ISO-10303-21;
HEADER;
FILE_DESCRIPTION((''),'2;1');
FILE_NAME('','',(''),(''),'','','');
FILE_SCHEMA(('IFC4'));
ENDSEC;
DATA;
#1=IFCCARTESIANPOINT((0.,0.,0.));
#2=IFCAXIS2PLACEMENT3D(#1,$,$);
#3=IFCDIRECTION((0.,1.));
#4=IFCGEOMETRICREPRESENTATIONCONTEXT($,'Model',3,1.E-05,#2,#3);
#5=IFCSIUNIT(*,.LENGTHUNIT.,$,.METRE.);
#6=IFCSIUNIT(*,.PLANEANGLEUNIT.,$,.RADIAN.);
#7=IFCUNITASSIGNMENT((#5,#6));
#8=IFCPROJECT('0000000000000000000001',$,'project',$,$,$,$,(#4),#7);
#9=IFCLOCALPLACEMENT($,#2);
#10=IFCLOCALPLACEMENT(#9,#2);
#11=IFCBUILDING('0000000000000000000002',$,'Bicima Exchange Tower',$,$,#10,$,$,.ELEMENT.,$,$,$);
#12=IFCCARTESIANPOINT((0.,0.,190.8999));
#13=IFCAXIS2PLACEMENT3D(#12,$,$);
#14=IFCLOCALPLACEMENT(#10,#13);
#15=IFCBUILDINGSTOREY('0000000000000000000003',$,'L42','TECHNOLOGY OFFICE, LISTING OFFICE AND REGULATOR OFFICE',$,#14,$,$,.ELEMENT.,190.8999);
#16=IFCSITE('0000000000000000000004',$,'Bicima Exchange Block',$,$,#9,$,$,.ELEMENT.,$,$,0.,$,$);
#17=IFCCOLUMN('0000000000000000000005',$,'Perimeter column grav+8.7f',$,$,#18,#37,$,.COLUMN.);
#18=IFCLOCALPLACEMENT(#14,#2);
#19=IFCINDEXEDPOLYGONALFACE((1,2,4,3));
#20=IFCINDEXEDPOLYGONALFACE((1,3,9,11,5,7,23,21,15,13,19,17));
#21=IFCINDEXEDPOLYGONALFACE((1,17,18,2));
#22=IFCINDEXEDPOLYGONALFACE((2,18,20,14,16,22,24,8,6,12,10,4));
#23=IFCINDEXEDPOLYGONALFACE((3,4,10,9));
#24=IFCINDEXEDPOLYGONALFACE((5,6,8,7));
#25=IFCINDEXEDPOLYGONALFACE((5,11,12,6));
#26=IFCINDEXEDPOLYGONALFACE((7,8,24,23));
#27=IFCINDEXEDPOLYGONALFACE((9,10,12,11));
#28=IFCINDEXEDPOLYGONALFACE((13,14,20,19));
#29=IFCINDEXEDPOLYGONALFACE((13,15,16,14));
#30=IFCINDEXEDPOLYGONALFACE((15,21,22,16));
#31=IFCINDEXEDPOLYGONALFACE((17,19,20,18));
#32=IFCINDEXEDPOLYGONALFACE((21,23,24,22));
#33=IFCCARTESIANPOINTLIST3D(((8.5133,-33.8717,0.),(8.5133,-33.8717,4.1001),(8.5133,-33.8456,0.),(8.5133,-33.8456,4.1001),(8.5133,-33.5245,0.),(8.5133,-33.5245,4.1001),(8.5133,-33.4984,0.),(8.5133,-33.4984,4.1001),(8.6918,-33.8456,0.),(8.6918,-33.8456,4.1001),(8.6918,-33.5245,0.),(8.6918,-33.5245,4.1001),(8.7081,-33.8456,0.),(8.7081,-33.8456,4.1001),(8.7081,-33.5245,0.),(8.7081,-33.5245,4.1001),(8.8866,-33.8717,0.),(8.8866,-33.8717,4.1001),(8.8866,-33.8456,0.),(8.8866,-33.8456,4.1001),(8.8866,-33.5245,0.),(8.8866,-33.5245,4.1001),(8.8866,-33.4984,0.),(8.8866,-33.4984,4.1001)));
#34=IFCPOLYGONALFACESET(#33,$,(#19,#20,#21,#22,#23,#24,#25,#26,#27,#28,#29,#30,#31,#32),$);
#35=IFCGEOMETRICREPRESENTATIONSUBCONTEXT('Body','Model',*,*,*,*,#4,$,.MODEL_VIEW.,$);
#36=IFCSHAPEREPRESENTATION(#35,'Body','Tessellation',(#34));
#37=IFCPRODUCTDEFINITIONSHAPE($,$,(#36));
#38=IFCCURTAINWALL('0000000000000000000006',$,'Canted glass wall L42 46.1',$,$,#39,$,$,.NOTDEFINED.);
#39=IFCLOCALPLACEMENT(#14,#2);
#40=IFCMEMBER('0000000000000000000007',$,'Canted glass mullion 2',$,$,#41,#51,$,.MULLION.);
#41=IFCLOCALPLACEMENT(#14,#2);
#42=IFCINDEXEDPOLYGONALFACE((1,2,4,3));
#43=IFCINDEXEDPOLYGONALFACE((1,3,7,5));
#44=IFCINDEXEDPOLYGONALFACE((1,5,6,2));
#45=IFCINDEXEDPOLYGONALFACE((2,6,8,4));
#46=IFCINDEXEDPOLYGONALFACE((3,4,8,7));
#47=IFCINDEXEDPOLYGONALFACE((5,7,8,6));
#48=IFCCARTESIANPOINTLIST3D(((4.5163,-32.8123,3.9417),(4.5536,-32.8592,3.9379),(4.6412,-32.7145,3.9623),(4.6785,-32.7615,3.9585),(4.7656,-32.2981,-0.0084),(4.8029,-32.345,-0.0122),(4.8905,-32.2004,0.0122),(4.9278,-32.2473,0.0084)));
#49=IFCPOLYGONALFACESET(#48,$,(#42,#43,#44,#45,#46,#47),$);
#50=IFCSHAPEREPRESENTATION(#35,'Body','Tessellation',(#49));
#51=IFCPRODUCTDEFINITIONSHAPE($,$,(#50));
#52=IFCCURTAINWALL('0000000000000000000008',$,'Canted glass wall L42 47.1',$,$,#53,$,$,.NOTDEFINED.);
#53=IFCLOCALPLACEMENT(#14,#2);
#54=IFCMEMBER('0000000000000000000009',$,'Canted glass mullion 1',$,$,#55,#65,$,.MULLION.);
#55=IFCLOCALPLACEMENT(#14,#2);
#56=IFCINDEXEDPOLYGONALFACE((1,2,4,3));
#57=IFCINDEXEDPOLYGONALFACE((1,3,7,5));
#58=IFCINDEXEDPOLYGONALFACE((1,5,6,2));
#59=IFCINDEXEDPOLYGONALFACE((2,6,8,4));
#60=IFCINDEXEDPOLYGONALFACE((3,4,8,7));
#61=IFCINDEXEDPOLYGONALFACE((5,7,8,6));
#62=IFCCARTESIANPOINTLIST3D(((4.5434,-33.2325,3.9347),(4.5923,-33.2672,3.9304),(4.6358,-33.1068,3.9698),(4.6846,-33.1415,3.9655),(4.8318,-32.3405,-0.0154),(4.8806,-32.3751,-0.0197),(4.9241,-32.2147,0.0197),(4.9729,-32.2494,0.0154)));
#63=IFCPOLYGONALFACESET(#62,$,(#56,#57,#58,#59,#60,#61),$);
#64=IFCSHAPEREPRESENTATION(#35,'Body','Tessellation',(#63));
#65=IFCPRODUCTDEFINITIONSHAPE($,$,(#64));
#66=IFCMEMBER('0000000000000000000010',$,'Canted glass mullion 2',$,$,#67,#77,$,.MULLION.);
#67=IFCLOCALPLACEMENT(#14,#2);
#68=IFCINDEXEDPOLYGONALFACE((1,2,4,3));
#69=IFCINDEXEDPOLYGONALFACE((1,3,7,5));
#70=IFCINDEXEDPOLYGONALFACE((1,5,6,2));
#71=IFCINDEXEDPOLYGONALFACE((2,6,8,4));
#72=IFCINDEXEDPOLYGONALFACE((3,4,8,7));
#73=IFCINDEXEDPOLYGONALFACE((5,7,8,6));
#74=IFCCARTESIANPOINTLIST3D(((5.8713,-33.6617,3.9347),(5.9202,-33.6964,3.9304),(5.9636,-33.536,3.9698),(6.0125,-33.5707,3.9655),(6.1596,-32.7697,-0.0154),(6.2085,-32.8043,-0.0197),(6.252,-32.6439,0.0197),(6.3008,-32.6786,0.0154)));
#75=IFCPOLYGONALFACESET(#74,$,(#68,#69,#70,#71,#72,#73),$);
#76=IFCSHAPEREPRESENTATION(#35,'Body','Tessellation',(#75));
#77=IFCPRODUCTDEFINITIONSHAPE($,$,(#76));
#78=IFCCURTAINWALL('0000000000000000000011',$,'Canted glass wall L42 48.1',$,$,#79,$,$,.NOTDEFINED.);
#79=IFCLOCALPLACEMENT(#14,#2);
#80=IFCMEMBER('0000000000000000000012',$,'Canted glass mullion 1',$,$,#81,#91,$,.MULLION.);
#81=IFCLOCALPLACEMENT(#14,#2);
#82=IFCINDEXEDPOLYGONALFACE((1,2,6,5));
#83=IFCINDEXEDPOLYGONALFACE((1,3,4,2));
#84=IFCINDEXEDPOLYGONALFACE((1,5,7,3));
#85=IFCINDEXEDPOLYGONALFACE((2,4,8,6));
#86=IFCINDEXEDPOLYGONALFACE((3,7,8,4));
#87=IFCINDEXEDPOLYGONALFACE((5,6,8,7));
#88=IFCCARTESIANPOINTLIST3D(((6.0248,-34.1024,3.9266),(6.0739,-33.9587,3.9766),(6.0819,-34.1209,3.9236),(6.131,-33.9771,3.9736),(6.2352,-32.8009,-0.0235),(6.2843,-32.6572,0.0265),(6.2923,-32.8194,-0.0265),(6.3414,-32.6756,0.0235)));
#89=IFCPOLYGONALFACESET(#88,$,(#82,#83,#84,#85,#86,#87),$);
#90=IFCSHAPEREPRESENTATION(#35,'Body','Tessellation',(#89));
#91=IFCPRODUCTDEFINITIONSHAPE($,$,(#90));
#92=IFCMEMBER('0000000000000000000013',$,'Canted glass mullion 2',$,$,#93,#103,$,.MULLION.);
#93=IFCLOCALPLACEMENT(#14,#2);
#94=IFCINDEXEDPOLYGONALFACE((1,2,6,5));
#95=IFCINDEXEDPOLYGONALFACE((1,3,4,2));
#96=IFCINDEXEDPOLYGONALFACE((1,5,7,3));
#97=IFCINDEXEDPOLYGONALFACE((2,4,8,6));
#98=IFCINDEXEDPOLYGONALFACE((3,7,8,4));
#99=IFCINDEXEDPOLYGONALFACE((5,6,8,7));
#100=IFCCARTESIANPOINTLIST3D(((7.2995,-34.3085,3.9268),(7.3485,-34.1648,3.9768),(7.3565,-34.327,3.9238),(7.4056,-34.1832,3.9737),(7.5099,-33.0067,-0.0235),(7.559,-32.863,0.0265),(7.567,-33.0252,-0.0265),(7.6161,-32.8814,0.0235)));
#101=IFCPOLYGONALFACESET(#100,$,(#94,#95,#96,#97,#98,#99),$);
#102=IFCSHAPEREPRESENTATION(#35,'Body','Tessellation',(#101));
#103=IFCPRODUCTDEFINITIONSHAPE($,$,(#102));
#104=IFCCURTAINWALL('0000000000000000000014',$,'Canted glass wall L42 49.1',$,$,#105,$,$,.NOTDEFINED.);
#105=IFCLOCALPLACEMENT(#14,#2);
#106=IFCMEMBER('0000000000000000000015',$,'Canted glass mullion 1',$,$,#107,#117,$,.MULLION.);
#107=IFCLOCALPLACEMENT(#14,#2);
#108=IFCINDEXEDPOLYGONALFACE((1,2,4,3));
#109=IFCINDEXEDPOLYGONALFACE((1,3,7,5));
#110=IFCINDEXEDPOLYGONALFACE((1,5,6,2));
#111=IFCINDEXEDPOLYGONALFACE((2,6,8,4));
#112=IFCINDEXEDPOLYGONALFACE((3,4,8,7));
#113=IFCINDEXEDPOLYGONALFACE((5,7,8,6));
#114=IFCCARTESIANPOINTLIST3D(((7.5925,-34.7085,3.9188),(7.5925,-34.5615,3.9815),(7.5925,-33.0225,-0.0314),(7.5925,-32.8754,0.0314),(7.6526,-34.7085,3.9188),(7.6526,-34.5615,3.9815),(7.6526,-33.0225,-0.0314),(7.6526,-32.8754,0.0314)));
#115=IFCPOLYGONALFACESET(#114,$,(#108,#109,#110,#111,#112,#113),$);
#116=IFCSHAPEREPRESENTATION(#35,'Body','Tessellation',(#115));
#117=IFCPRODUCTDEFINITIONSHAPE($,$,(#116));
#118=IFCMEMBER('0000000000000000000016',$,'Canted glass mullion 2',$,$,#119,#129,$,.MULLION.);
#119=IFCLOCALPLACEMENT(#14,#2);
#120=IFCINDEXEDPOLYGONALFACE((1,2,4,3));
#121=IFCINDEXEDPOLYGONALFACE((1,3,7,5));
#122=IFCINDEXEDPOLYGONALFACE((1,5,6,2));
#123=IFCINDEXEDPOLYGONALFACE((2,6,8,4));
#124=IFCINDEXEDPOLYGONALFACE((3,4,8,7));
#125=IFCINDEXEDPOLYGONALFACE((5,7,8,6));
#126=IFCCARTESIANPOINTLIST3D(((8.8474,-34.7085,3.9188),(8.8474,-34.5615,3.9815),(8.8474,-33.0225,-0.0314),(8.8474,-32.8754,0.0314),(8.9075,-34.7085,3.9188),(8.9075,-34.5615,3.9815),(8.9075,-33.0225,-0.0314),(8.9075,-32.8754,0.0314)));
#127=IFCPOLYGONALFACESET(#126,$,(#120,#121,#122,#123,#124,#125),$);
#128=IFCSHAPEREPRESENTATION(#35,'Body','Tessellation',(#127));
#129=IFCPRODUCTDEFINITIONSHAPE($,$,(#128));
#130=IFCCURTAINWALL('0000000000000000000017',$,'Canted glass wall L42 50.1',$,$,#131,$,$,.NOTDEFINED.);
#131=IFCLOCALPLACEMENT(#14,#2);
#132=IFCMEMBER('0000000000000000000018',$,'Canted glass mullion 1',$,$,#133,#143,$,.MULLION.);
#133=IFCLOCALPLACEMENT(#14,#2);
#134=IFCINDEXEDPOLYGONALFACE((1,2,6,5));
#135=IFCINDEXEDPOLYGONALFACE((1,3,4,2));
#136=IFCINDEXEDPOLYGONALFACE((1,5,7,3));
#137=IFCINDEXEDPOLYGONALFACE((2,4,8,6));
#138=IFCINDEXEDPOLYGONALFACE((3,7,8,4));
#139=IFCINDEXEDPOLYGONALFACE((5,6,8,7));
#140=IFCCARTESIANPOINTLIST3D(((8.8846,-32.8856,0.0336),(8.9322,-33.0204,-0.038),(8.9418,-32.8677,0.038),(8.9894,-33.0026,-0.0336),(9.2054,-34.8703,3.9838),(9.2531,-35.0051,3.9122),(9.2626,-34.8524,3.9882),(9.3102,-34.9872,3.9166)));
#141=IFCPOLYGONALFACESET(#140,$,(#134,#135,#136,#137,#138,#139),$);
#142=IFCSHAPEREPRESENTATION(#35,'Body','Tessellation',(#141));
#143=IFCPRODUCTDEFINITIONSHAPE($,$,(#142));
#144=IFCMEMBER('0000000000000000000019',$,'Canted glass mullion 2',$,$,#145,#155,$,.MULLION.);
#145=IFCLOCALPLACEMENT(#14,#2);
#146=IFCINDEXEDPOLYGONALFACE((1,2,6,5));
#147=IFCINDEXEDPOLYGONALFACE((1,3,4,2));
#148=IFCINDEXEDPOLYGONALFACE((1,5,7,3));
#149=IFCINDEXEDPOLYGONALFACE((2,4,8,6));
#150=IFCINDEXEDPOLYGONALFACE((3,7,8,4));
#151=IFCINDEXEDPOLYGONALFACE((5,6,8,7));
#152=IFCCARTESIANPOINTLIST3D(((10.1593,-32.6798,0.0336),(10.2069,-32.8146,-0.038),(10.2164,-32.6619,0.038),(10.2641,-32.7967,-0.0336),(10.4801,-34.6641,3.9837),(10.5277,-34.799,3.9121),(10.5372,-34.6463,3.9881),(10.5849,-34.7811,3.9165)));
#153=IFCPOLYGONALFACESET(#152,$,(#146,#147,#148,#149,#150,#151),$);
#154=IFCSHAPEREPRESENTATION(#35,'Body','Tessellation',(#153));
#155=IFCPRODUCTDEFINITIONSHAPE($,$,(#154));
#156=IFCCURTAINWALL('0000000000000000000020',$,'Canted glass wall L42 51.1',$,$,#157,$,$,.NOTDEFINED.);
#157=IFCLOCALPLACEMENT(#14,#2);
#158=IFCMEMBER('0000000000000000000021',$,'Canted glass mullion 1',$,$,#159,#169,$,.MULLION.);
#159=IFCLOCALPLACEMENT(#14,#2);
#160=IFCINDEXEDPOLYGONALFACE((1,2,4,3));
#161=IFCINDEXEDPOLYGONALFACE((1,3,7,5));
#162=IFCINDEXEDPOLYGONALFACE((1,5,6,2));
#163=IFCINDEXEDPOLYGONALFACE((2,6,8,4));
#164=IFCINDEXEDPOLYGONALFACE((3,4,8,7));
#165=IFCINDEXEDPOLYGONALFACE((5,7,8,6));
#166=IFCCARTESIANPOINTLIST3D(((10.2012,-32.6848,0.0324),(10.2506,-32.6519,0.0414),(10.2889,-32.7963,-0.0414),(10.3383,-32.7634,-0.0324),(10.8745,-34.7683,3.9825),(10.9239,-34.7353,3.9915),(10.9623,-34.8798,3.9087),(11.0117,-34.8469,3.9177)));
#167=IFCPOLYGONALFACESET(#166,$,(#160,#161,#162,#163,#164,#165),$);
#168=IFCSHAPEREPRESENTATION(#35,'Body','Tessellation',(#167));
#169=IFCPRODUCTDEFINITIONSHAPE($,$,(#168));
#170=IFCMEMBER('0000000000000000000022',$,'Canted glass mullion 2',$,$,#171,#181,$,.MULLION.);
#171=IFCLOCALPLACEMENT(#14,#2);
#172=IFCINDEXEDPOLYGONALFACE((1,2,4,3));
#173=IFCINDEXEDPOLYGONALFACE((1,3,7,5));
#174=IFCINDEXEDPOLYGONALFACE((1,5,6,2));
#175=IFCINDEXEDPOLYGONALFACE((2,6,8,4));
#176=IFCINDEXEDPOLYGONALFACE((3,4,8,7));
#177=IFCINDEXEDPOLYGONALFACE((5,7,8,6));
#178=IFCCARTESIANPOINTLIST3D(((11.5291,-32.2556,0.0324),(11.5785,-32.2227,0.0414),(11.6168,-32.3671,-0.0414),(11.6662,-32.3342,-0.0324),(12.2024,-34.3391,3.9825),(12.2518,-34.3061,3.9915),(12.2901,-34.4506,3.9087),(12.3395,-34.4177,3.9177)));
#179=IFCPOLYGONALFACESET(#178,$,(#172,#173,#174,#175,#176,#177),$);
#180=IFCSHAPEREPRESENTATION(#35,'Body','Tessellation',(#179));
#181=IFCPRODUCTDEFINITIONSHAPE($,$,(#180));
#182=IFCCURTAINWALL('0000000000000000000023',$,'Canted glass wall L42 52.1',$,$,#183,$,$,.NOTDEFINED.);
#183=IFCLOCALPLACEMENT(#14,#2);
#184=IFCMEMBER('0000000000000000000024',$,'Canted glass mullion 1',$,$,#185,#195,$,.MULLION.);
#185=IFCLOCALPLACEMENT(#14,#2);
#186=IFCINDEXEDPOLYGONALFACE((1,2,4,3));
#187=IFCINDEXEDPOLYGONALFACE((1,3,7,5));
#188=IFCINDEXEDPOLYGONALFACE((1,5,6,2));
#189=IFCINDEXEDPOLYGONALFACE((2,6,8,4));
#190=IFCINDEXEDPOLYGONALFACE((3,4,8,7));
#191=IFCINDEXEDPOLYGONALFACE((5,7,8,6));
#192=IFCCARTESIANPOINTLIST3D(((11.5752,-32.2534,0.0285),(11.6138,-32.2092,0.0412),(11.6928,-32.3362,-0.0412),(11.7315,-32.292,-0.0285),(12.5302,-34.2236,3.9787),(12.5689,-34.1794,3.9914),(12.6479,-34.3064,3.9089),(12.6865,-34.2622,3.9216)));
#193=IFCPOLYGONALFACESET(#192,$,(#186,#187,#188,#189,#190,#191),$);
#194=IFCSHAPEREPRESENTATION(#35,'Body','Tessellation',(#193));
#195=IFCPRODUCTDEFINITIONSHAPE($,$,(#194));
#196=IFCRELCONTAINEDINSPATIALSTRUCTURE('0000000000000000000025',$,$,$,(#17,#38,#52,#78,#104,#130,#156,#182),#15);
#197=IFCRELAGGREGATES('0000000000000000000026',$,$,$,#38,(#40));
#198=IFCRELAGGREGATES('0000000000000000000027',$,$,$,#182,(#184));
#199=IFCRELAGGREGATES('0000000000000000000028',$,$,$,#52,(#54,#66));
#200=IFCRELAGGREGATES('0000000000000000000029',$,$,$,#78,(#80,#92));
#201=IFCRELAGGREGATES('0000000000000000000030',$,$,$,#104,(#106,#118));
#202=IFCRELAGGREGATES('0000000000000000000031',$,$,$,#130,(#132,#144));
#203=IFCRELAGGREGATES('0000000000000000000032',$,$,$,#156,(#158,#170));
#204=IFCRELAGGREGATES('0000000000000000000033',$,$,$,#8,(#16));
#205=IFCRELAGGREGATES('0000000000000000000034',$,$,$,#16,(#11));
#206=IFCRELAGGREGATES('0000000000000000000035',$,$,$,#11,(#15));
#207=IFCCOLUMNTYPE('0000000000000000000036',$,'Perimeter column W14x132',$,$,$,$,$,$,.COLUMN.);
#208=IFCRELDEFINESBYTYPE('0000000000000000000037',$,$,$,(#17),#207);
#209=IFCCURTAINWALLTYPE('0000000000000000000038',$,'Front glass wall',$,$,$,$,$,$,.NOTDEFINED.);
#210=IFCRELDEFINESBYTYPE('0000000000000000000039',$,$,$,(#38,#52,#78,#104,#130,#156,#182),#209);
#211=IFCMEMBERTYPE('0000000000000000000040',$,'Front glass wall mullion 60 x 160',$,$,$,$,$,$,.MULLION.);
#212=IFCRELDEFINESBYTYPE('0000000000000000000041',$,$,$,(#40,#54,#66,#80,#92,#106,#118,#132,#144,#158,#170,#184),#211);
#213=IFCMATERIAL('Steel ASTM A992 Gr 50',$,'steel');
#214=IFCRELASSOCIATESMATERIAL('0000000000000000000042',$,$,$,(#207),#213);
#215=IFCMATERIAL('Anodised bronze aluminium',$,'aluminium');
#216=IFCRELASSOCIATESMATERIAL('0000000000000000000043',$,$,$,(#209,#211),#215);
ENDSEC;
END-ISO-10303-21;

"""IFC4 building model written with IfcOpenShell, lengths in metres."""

from ifc_helpers import new_model, si_unit, direction, frame, origin, origin_2d, place, context, subcontext, project, spatial, rectangle, i_section, extrude, material, material_profile, profile_set, type_object, element, aggregate, save


model = new_model("IFC4")

# Units and contexts
model_context = context("Model", 3, precision=1e-05, world=origin(), true_north=direction((0.0, 1.0)))
body_context = subcontext(model_context, "Body", "Model", "MODEL_VIEW")
ifc_project = project(units=[si_unit("LENGTHUNIT", "METRE"), si_unit("PLANEANGLEUNIT", "RADIAN")], contexts=[model_context])

# Site, building, storey
site_placement = place(None, origin())
site = spatial("IfcSite", under=ifc_project, at=site_placement, Name="Bicima Exchange Block", CompositionType="ELEMENT", RefElevation=0.0)
building_placement = place(site_placement, origin())
building = spatial("IfcBuilding", under=site, at=building_placement, Name="Bicima Exchange Tower", CompositionType="ELEMENT")
storey_placement = place(building_placement, frame((0.0, 0.0, 190.8999)))
storey = spatial("IfcBuildingStorey", under=building, at=storey_placement, Name="L42", Description="TECHNOLOGY OFFICE, LISTING OFFICE AND REGULATOR OFFICE", CompositionType="ELEMENT", Elevation=190.8999)

# Column
ifc_material_1 = material(Name="Steel ASTM A992 Gr 50", Category="steel")
ifc_material_profile_1 = material_profile(ifc_material_1, i_section(OverallWidth=0.3733, OverallDepth=0.3733, WebThickness=0.0164, FlangeThickness=0.0261, at=origin_2d()))
ifc_profile_set_1 = profile_set([ifc_material_profile_1], Name="Steel ASTM A992 Gr 50")
column_type = type_object("IfcColumnType", Name="Perimeter column W14x132", PredefinedType="COLUMN", material=ifc_profile_set_1)
column_placement = place(storey_placement, frame((8.7, -33.6851, 0.0), z_axis=(0.0, 0.0, 1.0), x_axis=(1.0, 0.0, 0.0)))
element("IfcColumn", 1, at=column_placement, inside=storey, type_object=column_type, Name="Perimeter column grav+8.7f", PredefinedType="COLUMN", context=body_context, shape_type="SweptSolid", body=[
    extrude(i_section(OverallWidth=0.3733, OverallDepth=0.3733, WebThickness=0.0164, FlangeThickness=0.0261, at=origin_2d()), origin(), (0.0, 0.0, 1.0), 4.1001),
])

# Curtain wall, member
ifc_material_2 = material(Name="Anodised bronze aluminium", Category="aluminium")
curtain_wall_type = type_object("IfcCurtainWallType", Name="Front glass wall", PredefinedType="NOTDEFINED", material=ifc_material_2)
curtain_wall_1_placement = place(storey_placement, origin())
curtain_wall_1 = element("IfcCurtainWall", 2, at=curtain_wall_1_placement, inside=storey, type_object=curtain_wall_type, Name="Canted glass wall L42 46.1", PredefinedType="NOTDEFINED")
ifc_material_profile_2 = material_profile(ifc_material_2, rectangle(XDim=0.1599, YDim=0.0601, at=origin_2d()))
ifc_profile_set_2 = profile_set([ifc_material_profile_2], Name="Anodised bronze aluminium")
member_type_1 = type_object("IfcMemberType", Name="Front glass wall mullion 60 x 160", PredefinedType="MULLION", material=ifc_profile_set_2)
member_1_placement = place(storey_placement, frame((4.8467, -32.2727, 0.0), z_axis=(-0.062453, -0.12882, 0.989699), x_axis=(0.781052, 0.611035, 0.128819)))
member_1 = element("IfcMember", 3, at=member_1_placement, type_object=member_type_1, Name="Canted glass mullion 2", PredefinedType="MULLION", context=body_context, shape_type="SweptSolid", body=[
    extrude(rectangle(XDim=0.1599, YDim=0.0601, at=origin_2d()), origin(), (0.0, 0.0, 1.0), 3.9912),
])
aggregate(curtain_wall_1, [member_1])

# Curtain walls, members
curtain_wall_2_placement = place(storey_placement, origin())
curtain_wall_2 = element("IfcCurtainWall", 4, at=curtain_wall_2_placement, inside=storey, type_object=curtain_wall_type, Name="Canted glass wall L42 47.1", PredefinedType="NOTDEFINED")
member_2_placement = place(storey_placement, frame((4.9023, -32.2949, 0.0), z_axis=(-0.071019, -0.219731, 0.972972), x_axis=(0.577403, 0.786337, 0.219727)))
member_2 = element("IfcMember", 5, at=member_2_placement, type_object=member_type_1, Name="Canted glass mullion 1", PredefinedType="MULLION", context=body_context, shape_type="SweptSolid", body=[
    extrude(rectangle(XDim=0.1599, YDim=0.0601, at=origin_2d()), origin(), (0.0, 0.0, 1.0), 4.0598),
])
member_3_placement = place(storey_placement, frame((6.2302, -32.7241, 0.0), z_axis=(-0.071019, -0.219731, 0.972972), x_axis=(0.577403, 0.786337, 0.219727)))
member_3 = element("IfcMember", 6, at=member_3_placement, type_object=member_type_1, Name="Canted glass mullion 2", PredefinedType="MULLION", context=body_context, shape_type="SweptSolid", body=[
    extrude(rectangle(XDim=0.1599, YDim=0.0601, at=origin_2d()), origin(), (0.0, 0.0, 1.0), 4.0598),
])
curtain_wall_3_placement = place(storey_placement, origin())
curtain_wall_3 = element("IfcCurtainWall", 7, at=curtain_wall_3_placement, inside=storey, type_object=curtain_wall_type, Name="Canted glass wall L42 48.1", PredefinedType="NOTDEFINED")
member_4_placement = place(storey_placement, frame((6.2883, -32.7383, 0.0), z_axis=(-0.050535, -0.312533, 0.948562), x_axis=(0.306995, 0.89893, 0.312536)))
member_4 = element("IfcMember", 8, at=member_4_placement, type_object=member_type_1, Name="Canted glass mullion 1", PredefinedType="MULLION", context=body_context, shape_type="SweptSolid", body=[
    extrude(rectangle(XDim=0.1599, YDim=0.0601, at=origin_2d()), origin(), (0.0, 0.0, 1.0), 4.1643),
])
member_5_placement = place(storey_placement, frame((7.563, -32.9441, 0.0), z_axis=(-0.050534, -0.312586, 0.948544), x_axis=(0.306966, 0.898922, 0.312587)))
member_5 = element("IfcMember", 9, at=member_5_placement, type_object=member_type_1, Name="Canted glass mullion 2", PredefinedType="MULLION", context=body_context, shape_type="SweptSolid", body=[
    extrude(rectangle(XDim=0.1599, YDim=0.0601, at=origin_2d()), origin(), (0.0, 0.0, 1.0), 4.1646),
])
curtain_wall_4_placement = place(storey_placement, origin())
curtain_wall_4 = element("IfcCurtainWall", 10, at=curtain_wall_4_placement, inside=storey, type_object=curtain_wall_type, Name="Canted glass wall L42 49.1", PredefinedType="NOTDEFINED")
member_6_placement = place(storey_placement, frame((7.6226, -32.949, 0.0), z_axis=(0.0, -0.392561, 0.919726), x_axis=(0.0, 0.919726, 0.392561)))
member_6 = element("IfcMember", 11, at=member_6_placement, type_object=member_type_1, Name="Canted glass mullion 1", PredefinedType="MULLION", context=body_context, shape_type="SweptSolid", body=[
    extrude(rectangle(XDim=0.1599, YDim=0.0601, at=origin_2d()), origin(), (0.0, 0.0, 1.0), 4.2949),
])
member_7_placement = place(storey_placement, frame((8.8774, -32.949, 0.0), z_axis=(0.0, -0.392561, 0.919726), x_axis=(0.0, 0.919726, 0.392561)))
member_7 = element("IfcMember", 12, at=member_7_placement, type_object=member_type_1, Name="Canted glass mullion 2", PredefinedType="MULLION", context=body_context, shape_type="SweptSolid", body=[
    extrude(rectangle(XDim=0.1599, YDim=0.0601, at=origin_2d()), origin(), (0.0, 0.0, 1.0), 4.2949),
])
curtain_wall_5_placement = place(storey_placement, origin())
curtain_wall_5 = element("IfcCurtainWall", 13, at=curtain_wall_5_placement, inside=storey, type_object=curtain_wall_type, Name="Canted glass wall L42 50.1", PredefinedType="NOTDEFINED")
member_8_placement = place(storey_placement, frame((8.937, -32.9441, 0.0), z_axis=(0.072377, -0.447758, 0.89122), x_axis=(-0.297916, 0.843065, 0.447759)))
member_8 = element("IfcMember", 14, at=member_8_placement, type_object=member_type_1, Name="Canted glass mullion 1", PredefinedType="MULLION", context=body_context, shape_type="SweptSolid", body=[
    extrude(rectangle(XDim=0.1599, YDim=0.0601, at=origin_2d()), origin(), (0.0, 0.0, 1.0), 4.4324),
])
member_9_placement = place(storey_placement, frame((10.2117, -32.7383, 0.0), z_axis=(0.072379, -0.447714, 0.891242), x_axis=(-0.297936, 0.84308, 0.447716)))
member_9 = element("IfcMember", 15, at=member_9_placement, type_object=member_type_1, Name="Canted glass mullion 2", PredefinedType="MULLION", context=body_context, shape_type="SweptSolid", body=[
    extrude(rectangle(XDim=0.1599, YDim=0.0601, at=origin_2d()), origin(), (0.0, 0.0, 1.0), 4.4321),
])
curtain_wall_6_placement = place(storey_placement, origin())
curtain_wall_6 = element("IfcCurtainWall", 16, at=curtain_wall_6_placement, inside=storey, type_object=curtain_wall_type, Name="Canted glass wall L42 51.1", PredefinedType="NOTDEFINED")
member_10_placement = place(storey_placement, frame((10.2698, -32.7241, 0.0), z_axis=(0.149086, -0.461312, 0.874623), x_axis=(-0.548603, 0.697306, 0.461301)))
member_10 = element("IfcMember", 17, at=member_10_placement, type_object=member_type_1, Name="Canted glass mullion 1", PredefinedType="MULLION", context=body_context, shape_type="SweptSolid", body=[
    extrude(rectangle(XDim=0.1599, YDim=0.0601, at=origin_2d()), origin(), (0.0, 0.0, 1.0), 4.5164),
])
member_11_placement = place(storey_placement, frame((11.5977, -32.2949, 0.0), z_axis=(0.149086, -0.461312, 0.874623), x_axis=(-0.548603, 0.697306, 0.461301)))
member_11 = element("IfcMember", 18, at=member_11_placement, type_object=member_type_1, Name="Canted glass mullion 2", PredefinedType="MULLION", context=body_context, shape_type="SweptSolid", body=[
    extrude(rectangle(XDim=0.1599, YDim=0.0601, at=origin_2d()), origin(), (0.0, 0.0, 1.0), 4.5164),
])

# Curtain wall, member
curtain_wall_7_placement = place(storey_placement, origin())
curtain_wall_7 = element("IfcCurtainWall", 19, at=curtain_wall_7_placement, inside=storey, type_object=curtain_wall_type, Name="Canted glass wall L42 52.1", PredefinedType="NOTDEFINED")
member_12_placement = place(storey_placement, frame((11.6533, -32.2727, 0.0), z_axis=(0.211468, -0.436235, 0.874632), x_axis=(-0.735863, 0.517894, 0.436224)))
member_12 = element("IfcMember", 20, at=member_12_placement, type_object=member_type_1, Name="Canted glass mullion 1", PredefinedType="MULLION", context=body_context, shape_type="SweptSolid", body=[
    extrude(rectangle(XDim=0.1599, YDim=0.0601, at=origin_2d()), origin(), (0.0, 0.0, 1.0), 4.5164),
])
aggregate(curtain_wall_7, [member_12])

aggregate(curtain_wall_2, [member_2, member_3])
aggregate(curtain_wall_3, [member_4, member_5])
aggregate(curtain_wall_4, [member_6, member_7])
aggregate(curtain_wall_5, [member_8, member_9])
aggregate(curtain_wall_6, [member_10, member_11])

save(model, "model.ifc")
